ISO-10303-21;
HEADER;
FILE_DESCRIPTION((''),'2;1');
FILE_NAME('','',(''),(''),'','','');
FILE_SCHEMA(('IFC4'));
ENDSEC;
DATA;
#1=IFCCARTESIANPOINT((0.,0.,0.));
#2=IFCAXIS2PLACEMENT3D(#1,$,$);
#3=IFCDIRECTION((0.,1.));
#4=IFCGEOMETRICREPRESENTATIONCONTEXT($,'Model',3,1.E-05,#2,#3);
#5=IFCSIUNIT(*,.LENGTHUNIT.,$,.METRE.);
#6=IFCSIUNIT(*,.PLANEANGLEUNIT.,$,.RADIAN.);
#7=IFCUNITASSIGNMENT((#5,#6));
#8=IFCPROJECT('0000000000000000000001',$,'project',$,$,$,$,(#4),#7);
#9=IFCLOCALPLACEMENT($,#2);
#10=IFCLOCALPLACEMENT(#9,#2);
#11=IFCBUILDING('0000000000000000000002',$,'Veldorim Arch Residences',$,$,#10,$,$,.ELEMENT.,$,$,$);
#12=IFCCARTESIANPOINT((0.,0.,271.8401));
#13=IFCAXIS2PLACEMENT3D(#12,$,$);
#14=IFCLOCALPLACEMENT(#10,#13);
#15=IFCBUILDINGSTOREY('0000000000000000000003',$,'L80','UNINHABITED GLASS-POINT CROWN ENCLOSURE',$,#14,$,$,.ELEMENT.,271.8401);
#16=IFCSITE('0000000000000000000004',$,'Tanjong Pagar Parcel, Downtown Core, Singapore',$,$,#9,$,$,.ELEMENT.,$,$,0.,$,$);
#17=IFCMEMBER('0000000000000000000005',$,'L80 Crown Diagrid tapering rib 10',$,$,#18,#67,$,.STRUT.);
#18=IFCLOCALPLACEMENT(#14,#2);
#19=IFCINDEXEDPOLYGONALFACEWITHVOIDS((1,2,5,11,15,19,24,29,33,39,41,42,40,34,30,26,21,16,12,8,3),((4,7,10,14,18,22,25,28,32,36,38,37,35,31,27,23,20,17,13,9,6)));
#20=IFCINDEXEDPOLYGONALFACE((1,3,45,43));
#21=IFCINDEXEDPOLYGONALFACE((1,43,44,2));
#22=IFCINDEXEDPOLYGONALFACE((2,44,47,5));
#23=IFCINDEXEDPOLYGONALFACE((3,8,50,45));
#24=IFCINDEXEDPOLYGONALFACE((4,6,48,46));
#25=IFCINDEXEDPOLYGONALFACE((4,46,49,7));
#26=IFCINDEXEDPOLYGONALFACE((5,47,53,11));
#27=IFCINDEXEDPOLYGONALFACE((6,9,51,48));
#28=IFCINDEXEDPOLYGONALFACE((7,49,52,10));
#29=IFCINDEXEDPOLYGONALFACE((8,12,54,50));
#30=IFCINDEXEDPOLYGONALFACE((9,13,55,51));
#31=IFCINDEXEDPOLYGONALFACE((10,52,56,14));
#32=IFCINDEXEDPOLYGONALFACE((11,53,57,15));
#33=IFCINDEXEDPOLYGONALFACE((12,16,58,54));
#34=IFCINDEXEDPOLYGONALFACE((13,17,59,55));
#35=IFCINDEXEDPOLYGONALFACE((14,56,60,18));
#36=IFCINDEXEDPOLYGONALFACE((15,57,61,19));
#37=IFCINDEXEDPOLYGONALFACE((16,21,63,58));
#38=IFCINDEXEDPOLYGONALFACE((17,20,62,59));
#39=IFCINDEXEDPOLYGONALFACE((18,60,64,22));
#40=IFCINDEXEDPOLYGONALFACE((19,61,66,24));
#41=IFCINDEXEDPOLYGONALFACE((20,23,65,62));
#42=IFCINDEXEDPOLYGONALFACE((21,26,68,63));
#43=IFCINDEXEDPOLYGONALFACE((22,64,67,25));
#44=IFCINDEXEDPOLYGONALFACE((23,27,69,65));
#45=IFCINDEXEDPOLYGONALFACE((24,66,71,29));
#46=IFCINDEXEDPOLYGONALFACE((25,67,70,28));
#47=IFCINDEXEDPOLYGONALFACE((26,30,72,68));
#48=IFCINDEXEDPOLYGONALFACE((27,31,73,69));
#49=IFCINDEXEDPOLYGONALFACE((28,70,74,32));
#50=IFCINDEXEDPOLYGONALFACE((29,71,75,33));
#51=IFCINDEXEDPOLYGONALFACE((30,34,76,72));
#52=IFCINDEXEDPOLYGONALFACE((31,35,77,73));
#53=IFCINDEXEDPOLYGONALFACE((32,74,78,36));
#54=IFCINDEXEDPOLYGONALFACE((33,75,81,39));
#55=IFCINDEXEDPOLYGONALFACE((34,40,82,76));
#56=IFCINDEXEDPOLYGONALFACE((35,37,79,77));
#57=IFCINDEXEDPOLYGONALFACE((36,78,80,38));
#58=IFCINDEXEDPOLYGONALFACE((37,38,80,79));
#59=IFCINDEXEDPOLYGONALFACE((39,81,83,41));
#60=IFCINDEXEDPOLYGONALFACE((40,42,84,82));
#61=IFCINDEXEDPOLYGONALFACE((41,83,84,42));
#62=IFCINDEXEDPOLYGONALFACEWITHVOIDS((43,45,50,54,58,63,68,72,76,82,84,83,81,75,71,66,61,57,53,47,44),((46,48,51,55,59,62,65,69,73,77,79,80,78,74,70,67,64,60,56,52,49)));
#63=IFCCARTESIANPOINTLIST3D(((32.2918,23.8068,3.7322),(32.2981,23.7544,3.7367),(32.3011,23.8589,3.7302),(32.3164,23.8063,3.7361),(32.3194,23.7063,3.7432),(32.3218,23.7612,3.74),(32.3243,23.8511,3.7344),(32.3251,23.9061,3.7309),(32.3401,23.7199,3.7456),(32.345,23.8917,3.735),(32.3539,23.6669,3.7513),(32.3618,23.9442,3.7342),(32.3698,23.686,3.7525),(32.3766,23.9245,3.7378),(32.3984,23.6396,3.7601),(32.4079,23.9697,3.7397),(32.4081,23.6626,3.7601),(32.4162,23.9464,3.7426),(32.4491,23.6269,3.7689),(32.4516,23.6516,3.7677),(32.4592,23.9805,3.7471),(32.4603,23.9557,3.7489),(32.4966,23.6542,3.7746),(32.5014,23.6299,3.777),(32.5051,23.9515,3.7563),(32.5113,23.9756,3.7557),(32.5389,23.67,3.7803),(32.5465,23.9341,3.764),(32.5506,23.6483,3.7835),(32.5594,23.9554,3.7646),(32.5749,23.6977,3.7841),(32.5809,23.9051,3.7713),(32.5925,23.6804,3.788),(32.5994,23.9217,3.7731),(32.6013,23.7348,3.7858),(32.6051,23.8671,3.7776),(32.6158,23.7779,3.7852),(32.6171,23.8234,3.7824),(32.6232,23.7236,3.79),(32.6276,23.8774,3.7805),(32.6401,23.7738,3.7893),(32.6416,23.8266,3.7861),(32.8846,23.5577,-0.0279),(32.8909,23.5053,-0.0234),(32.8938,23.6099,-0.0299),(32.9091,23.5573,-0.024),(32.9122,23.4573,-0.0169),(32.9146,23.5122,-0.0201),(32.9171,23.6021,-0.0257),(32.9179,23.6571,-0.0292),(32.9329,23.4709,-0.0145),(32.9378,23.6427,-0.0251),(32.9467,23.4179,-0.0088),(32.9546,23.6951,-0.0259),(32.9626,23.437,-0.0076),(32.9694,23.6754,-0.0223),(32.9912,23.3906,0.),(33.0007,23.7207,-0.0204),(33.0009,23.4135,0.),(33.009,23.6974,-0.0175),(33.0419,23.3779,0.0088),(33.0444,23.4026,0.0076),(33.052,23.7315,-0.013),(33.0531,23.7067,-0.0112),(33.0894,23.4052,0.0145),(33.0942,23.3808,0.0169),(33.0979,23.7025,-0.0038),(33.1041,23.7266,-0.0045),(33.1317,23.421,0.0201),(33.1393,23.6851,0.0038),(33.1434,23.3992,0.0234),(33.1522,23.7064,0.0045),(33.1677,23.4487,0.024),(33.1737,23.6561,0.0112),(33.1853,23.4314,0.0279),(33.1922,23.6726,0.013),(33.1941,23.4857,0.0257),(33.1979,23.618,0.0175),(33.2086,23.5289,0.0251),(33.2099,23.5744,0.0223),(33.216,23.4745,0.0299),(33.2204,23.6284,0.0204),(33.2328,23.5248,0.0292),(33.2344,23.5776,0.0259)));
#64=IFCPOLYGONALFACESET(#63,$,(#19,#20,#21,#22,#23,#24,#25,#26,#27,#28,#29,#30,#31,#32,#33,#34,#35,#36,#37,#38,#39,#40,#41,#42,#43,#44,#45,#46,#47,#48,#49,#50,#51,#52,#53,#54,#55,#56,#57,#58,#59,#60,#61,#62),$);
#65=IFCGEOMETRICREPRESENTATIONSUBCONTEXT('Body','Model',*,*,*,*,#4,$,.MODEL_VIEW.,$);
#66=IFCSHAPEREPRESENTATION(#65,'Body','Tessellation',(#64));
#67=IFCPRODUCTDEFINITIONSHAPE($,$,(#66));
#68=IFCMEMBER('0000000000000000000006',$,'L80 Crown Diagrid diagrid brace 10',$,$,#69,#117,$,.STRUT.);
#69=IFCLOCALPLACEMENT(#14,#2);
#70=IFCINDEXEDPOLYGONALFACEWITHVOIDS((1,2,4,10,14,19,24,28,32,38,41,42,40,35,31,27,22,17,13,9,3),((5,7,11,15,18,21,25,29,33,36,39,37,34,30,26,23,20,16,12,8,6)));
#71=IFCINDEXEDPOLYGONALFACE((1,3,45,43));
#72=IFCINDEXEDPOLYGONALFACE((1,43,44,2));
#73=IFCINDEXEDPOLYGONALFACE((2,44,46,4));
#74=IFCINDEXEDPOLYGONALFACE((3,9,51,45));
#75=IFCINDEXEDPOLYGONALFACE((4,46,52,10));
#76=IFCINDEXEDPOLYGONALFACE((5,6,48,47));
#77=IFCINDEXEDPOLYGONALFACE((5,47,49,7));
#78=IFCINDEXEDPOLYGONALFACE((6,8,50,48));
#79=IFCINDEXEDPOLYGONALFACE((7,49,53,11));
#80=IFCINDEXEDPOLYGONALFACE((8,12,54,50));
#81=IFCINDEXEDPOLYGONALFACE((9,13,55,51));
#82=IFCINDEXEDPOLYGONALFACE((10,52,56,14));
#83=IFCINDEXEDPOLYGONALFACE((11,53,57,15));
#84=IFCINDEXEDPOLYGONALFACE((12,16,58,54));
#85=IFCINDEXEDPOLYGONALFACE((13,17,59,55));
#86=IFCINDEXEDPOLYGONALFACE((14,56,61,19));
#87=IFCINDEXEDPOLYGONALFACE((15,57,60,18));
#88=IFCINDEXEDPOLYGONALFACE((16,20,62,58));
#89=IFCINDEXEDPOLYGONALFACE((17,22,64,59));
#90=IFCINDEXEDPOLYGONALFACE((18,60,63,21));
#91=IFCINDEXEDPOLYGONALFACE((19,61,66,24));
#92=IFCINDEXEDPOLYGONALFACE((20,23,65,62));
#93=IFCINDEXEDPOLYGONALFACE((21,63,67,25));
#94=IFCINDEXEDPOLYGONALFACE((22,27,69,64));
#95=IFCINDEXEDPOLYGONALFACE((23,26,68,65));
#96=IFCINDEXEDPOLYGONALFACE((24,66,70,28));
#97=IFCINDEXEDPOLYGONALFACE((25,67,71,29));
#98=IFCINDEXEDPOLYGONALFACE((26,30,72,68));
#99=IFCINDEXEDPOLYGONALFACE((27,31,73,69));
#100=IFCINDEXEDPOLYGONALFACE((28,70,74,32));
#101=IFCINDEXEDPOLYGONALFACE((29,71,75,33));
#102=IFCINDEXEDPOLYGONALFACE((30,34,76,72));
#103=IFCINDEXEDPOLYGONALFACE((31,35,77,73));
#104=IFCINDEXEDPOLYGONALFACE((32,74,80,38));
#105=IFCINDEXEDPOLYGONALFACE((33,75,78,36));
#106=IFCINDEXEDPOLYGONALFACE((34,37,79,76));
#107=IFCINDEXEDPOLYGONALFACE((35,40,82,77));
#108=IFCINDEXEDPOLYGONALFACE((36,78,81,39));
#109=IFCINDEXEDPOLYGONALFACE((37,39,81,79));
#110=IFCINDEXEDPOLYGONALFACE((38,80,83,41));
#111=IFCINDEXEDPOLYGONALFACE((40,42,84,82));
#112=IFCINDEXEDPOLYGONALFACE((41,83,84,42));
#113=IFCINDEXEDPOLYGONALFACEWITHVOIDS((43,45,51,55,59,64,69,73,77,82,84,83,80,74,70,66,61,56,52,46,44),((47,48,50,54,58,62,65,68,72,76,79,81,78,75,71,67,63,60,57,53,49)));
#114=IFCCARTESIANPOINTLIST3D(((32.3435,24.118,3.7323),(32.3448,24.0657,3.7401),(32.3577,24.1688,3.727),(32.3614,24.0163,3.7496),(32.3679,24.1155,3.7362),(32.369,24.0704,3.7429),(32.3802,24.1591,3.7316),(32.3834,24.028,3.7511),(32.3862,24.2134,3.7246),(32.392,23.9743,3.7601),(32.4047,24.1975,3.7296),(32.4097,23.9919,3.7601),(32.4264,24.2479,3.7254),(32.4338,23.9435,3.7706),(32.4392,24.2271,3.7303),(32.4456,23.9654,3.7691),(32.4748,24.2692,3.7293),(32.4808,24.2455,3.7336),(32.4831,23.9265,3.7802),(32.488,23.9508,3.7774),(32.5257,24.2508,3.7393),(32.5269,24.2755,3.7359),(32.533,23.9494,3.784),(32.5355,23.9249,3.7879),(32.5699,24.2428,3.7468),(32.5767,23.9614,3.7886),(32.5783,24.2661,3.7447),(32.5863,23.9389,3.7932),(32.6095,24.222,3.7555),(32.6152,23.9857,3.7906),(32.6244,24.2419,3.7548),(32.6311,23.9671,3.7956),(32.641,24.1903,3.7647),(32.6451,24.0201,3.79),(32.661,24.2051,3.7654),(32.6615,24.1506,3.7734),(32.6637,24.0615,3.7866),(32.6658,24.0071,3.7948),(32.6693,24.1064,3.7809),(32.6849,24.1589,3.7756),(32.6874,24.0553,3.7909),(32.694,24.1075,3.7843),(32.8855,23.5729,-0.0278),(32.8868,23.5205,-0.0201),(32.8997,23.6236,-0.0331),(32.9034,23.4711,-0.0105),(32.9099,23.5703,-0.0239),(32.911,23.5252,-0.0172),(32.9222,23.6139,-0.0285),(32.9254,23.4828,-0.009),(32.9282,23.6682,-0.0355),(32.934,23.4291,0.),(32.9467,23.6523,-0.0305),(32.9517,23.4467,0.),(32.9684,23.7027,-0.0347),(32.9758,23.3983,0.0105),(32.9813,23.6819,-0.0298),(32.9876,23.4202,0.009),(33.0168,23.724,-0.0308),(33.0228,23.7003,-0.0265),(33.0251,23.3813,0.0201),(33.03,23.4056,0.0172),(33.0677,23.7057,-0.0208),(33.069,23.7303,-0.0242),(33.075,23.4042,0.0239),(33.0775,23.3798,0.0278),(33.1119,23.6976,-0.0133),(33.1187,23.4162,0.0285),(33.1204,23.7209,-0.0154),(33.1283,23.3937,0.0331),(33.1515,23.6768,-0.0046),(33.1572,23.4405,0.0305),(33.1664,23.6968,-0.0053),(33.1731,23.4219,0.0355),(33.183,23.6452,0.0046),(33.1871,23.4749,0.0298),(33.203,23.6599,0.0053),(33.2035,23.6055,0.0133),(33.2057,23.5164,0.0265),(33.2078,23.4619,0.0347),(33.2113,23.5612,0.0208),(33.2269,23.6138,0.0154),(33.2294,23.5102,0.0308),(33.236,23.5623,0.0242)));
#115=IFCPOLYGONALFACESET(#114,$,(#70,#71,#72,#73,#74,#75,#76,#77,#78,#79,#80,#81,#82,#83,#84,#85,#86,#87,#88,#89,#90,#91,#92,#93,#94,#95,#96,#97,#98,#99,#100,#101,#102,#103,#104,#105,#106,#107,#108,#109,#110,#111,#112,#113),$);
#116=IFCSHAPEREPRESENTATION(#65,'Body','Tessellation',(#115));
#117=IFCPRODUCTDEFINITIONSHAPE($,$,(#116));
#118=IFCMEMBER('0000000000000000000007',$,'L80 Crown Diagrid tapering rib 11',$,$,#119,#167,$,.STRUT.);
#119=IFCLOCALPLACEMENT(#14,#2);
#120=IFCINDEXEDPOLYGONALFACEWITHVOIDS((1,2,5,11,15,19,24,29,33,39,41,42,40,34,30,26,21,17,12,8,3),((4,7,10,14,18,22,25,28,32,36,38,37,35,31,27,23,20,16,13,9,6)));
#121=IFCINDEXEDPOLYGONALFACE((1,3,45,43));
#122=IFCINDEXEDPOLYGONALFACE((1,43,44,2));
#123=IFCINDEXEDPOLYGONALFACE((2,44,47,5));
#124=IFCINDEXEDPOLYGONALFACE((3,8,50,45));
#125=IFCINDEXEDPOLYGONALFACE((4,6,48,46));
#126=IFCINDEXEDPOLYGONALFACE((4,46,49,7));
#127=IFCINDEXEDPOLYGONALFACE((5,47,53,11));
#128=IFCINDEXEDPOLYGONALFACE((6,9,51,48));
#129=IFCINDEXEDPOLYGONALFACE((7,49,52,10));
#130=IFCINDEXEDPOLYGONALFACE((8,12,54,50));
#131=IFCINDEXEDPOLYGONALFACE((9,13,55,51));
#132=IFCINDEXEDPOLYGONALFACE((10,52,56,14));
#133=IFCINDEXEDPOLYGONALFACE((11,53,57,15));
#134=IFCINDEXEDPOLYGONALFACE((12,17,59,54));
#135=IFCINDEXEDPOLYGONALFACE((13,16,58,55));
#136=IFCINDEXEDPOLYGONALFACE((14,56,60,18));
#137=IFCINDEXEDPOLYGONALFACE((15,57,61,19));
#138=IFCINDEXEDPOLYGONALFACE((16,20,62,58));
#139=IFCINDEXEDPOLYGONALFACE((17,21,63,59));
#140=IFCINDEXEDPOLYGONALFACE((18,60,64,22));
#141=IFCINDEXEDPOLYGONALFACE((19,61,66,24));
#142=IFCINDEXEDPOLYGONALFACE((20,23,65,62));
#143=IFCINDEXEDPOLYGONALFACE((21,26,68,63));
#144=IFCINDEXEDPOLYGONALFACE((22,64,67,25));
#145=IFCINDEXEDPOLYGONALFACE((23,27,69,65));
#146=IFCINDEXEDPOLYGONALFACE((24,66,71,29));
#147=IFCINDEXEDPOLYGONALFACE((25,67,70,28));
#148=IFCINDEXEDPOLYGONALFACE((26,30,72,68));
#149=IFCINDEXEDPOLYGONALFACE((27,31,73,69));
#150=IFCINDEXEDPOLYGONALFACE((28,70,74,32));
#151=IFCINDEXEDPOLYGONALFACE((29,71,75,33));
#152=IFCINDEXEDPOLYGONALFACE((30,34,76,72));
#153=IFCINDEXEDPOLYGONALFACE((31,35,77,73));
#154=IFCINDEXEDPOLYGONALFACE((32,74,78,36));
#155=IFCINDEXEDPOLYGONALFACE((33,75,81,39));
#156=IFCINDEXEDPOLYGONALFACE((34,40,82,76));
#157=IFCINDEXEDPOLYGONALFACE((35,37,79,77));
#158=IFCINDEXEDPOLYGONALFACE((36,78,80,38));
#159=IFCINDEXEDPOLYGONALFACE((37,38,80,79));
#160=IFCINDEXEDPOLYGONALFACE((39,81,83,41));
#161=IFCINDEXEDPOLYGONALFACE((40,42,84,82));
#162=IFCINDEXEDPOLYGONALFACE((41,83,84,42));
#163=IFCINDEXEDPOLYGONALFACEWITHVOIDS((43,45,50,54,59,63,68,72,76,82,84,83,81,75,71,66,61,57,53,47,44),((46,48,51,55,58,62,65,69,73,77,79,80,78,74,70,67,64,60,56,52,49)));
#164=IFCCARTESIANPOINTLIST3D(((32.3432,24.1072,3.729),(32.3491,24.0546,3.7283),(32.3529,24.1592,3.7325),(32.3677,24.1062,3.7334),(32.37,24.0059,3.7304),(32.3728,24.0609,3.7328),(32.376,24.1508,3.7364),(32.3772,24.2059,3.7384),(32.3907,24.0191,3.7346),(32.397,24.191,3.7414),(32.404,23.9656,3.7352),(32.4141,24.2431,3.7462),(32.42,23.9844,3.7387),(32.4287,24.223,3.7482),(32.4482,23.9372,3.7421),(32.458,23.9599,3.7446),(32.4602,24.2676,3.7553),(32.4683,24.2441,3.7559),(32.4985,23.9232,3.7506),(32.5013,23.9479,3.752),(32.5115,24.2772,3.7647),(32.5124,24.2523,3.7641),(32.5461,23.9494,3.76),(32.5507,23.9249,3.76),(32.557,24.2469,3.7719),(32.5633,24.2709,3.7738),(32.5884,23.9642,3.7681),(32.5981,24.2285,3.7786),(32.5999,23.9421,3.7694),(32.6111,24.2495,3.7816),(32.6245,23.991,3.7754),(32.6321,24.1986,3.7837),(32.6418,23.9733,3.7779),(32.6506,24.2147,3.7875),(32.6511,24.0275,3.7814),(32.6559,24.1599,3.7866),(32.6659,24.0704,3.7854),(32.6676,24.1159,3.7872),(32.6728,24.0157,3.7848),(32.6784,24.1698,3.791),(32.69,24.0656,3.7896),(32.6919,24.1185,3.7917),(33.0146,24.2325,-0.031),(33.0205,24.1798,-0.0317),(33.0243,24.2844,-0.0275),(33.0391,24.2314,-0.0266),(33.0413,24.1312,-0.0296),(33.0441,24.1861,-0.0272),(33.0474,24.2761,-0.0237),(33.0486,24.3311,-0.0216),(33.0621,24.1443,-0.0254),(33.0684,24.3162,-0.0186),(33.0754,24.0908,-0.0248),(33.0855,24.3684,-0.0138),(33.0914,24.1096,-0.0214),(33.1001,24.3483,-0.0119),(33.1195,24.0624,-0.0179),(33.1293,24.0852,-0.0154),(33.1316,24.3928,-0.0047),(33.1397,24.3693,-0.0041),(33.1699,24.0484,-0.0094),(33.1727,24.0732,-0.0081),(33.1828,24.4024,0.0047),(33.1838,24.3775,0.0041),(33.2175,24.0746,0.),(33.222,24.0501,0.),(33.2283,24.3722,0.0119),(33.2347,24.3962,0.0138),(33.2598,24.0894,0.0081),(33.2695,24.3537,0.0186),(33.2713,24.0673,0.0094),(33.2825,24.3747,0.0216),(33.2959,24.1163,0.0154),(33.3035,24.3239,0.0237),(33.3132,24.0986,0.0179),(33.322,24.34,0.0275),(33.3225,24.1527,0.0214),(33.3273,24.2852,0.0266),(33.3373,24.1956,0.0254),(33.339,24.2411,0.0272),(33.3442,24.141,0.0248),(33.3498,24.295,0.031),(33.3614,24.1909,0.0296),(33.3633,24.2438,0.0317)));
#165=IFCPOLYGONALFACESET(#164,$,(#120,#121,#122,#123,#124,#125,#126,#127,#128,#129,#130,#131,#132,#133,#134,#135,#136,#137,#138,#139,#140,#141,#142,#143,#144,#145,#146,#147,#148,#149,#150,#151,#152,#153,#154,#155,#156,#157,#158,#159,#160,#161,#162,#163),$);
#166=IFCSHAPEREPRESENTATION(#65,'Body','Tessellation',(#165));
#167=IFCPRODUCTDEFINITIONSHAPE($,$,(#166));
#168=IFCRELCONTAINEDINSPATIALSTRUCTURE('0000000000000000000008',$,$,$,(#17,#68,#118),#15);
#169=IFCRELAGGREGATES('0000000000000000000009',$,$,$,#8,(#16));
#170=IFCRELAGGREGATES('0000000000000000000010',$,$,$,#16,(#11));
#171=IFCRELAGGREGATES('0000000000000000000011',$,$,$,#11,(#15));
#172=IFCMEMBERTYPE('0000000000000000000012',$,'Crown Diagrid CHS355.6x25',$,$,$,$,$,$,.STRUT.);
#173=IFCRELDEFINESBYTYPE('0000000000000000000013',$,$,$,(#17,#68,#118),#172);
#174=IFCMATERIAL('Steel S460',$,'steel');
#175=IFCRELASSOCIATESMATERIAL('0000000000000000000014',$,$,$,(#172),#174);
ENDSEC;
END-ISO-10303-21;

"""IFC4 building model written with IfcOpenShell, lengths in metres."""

from ifc_helpers import new_model, si_unit, direction, frame, origin, origin_2d, place, context, subcontext, project, spatial, hollow_circle, extrude, material, material_profile, profile_set, type_object, element, save


model = new_model("IFC4")

# Units and contexts
model_context = context("Model", 3, precision=1e-05, world=origin(), true_north=direction((0.0, 1.0)))
body_context = subcontext(model_context, "Body", "Model", "MODEL_VIEW")
ifc_project = project(units=[si_unit("LENGTHUNIT", "METRE"), si_unit("PLANEANGLEUNIT", "RADIAN")], contexts=[model_context])

# Site, building, storey
site_placement = place(None, origin())
site = spatial("IfcSite", under=ifc_project, at=site_placement, Name="Tanjong Pagar Parcel, Downtown Core, Singapore", CompositionType="ELEMENT", RefElevation=0.0)
building_placement = place(site_placement, origin())
building = spatial("IfcBuilding", under=site, at=building_placement, Name="Veldorim Arch Residences", CompositionType="ELEMENT")
storey_placement = place(building_placement, frame((0.0, 0.0, 271.8401)))
storey = spatial("IfcBuildingStorey", under=building, at=storey_placement, Name="L80", Description="UNINHABITED GLASS-POINT CROWN ENCLOSURE", CompositionType="ELEMENT", Elevation=271.8401)

# Members
ifc_material_1 = material(Name="Steel S460", Category="steel")
ifc_material_profile = material_profile(ifc_material_1, hollow_circle(Radius=0.1777, WallThickness=0.0249, at=origin_2d()), Name="CHS355.6x25")
ifc_profile_set = profile_set([ifc_material_profile], Name="Steel S460")
member_type = type_object("IfcMemberType", Name="Crown Diagrid CHS355.6x25", PredefinedType="STRUT", material=ifc_profile_set)
member_1_placement = place(storey_placement, frame((33.0601, 23.5544, 0.0), z_axis=(-0.155397, 0.065282, 0.985693), x_axis=(-0.38731, -0.92195, 0.0)))
element("IfcMember", 1, at=member_1_placement, inside=storey, type_object=member_type, Name="L80 Crown Diagrid tapering rib 10", PredefinedType="STRUT", context=body_context, shape_type="SweptSolid", body=[
    extrude(hollow_circle(Radius=0.1777, WallThickness=0.0249, at=origin_2d()), origin(), (0.0, 0.0, 1.0), 3.8147),
])
member_2_placement = place(storey_placement, frame((33.0601, 23.5544, 0.0), z_axis=(-0.141225, 0.142052, 0.979733), x_axis=(-0.709168, -0.705039, 0.0)))
element("IfcMember", 2, at=member_2_placement, inside=storey, type_object=member_type, Name="L80 Crown Diagrid diagrid brace 10", PredefinedType="STRUT", context=body_context, shape_type="SweptSolid", body=[
    extrude(hollow_circle(Radius=0.1777, WallThickness=0.0249, at=origin_2d()), origin(), (0.0, 0.0, 1.0), 3.8379),
])
member_3_placement = place(storey_placement, frame((33.1895, 24.2249, 0.0), z_axis=(-0.175685, -0.032773, 0.983901), x_axis=(0.183382, -0.983042, 0.0)))
element("IfcMember", 3, at=member_3_placement, inside=storey, type_object=member_type, Name="L80 Crown Diagrid tapering rib 11", PredefinedType="STRUT", context=body_context, shape_type="SweptSolid", body=[
    extrude(hollow_circle(Radius=0.1777, WallThickness=0.0249, at=origin_2d()), origin(), (0.0, 0.0, 1.0), 3.8215),
])

save(model, "model.ifc")
